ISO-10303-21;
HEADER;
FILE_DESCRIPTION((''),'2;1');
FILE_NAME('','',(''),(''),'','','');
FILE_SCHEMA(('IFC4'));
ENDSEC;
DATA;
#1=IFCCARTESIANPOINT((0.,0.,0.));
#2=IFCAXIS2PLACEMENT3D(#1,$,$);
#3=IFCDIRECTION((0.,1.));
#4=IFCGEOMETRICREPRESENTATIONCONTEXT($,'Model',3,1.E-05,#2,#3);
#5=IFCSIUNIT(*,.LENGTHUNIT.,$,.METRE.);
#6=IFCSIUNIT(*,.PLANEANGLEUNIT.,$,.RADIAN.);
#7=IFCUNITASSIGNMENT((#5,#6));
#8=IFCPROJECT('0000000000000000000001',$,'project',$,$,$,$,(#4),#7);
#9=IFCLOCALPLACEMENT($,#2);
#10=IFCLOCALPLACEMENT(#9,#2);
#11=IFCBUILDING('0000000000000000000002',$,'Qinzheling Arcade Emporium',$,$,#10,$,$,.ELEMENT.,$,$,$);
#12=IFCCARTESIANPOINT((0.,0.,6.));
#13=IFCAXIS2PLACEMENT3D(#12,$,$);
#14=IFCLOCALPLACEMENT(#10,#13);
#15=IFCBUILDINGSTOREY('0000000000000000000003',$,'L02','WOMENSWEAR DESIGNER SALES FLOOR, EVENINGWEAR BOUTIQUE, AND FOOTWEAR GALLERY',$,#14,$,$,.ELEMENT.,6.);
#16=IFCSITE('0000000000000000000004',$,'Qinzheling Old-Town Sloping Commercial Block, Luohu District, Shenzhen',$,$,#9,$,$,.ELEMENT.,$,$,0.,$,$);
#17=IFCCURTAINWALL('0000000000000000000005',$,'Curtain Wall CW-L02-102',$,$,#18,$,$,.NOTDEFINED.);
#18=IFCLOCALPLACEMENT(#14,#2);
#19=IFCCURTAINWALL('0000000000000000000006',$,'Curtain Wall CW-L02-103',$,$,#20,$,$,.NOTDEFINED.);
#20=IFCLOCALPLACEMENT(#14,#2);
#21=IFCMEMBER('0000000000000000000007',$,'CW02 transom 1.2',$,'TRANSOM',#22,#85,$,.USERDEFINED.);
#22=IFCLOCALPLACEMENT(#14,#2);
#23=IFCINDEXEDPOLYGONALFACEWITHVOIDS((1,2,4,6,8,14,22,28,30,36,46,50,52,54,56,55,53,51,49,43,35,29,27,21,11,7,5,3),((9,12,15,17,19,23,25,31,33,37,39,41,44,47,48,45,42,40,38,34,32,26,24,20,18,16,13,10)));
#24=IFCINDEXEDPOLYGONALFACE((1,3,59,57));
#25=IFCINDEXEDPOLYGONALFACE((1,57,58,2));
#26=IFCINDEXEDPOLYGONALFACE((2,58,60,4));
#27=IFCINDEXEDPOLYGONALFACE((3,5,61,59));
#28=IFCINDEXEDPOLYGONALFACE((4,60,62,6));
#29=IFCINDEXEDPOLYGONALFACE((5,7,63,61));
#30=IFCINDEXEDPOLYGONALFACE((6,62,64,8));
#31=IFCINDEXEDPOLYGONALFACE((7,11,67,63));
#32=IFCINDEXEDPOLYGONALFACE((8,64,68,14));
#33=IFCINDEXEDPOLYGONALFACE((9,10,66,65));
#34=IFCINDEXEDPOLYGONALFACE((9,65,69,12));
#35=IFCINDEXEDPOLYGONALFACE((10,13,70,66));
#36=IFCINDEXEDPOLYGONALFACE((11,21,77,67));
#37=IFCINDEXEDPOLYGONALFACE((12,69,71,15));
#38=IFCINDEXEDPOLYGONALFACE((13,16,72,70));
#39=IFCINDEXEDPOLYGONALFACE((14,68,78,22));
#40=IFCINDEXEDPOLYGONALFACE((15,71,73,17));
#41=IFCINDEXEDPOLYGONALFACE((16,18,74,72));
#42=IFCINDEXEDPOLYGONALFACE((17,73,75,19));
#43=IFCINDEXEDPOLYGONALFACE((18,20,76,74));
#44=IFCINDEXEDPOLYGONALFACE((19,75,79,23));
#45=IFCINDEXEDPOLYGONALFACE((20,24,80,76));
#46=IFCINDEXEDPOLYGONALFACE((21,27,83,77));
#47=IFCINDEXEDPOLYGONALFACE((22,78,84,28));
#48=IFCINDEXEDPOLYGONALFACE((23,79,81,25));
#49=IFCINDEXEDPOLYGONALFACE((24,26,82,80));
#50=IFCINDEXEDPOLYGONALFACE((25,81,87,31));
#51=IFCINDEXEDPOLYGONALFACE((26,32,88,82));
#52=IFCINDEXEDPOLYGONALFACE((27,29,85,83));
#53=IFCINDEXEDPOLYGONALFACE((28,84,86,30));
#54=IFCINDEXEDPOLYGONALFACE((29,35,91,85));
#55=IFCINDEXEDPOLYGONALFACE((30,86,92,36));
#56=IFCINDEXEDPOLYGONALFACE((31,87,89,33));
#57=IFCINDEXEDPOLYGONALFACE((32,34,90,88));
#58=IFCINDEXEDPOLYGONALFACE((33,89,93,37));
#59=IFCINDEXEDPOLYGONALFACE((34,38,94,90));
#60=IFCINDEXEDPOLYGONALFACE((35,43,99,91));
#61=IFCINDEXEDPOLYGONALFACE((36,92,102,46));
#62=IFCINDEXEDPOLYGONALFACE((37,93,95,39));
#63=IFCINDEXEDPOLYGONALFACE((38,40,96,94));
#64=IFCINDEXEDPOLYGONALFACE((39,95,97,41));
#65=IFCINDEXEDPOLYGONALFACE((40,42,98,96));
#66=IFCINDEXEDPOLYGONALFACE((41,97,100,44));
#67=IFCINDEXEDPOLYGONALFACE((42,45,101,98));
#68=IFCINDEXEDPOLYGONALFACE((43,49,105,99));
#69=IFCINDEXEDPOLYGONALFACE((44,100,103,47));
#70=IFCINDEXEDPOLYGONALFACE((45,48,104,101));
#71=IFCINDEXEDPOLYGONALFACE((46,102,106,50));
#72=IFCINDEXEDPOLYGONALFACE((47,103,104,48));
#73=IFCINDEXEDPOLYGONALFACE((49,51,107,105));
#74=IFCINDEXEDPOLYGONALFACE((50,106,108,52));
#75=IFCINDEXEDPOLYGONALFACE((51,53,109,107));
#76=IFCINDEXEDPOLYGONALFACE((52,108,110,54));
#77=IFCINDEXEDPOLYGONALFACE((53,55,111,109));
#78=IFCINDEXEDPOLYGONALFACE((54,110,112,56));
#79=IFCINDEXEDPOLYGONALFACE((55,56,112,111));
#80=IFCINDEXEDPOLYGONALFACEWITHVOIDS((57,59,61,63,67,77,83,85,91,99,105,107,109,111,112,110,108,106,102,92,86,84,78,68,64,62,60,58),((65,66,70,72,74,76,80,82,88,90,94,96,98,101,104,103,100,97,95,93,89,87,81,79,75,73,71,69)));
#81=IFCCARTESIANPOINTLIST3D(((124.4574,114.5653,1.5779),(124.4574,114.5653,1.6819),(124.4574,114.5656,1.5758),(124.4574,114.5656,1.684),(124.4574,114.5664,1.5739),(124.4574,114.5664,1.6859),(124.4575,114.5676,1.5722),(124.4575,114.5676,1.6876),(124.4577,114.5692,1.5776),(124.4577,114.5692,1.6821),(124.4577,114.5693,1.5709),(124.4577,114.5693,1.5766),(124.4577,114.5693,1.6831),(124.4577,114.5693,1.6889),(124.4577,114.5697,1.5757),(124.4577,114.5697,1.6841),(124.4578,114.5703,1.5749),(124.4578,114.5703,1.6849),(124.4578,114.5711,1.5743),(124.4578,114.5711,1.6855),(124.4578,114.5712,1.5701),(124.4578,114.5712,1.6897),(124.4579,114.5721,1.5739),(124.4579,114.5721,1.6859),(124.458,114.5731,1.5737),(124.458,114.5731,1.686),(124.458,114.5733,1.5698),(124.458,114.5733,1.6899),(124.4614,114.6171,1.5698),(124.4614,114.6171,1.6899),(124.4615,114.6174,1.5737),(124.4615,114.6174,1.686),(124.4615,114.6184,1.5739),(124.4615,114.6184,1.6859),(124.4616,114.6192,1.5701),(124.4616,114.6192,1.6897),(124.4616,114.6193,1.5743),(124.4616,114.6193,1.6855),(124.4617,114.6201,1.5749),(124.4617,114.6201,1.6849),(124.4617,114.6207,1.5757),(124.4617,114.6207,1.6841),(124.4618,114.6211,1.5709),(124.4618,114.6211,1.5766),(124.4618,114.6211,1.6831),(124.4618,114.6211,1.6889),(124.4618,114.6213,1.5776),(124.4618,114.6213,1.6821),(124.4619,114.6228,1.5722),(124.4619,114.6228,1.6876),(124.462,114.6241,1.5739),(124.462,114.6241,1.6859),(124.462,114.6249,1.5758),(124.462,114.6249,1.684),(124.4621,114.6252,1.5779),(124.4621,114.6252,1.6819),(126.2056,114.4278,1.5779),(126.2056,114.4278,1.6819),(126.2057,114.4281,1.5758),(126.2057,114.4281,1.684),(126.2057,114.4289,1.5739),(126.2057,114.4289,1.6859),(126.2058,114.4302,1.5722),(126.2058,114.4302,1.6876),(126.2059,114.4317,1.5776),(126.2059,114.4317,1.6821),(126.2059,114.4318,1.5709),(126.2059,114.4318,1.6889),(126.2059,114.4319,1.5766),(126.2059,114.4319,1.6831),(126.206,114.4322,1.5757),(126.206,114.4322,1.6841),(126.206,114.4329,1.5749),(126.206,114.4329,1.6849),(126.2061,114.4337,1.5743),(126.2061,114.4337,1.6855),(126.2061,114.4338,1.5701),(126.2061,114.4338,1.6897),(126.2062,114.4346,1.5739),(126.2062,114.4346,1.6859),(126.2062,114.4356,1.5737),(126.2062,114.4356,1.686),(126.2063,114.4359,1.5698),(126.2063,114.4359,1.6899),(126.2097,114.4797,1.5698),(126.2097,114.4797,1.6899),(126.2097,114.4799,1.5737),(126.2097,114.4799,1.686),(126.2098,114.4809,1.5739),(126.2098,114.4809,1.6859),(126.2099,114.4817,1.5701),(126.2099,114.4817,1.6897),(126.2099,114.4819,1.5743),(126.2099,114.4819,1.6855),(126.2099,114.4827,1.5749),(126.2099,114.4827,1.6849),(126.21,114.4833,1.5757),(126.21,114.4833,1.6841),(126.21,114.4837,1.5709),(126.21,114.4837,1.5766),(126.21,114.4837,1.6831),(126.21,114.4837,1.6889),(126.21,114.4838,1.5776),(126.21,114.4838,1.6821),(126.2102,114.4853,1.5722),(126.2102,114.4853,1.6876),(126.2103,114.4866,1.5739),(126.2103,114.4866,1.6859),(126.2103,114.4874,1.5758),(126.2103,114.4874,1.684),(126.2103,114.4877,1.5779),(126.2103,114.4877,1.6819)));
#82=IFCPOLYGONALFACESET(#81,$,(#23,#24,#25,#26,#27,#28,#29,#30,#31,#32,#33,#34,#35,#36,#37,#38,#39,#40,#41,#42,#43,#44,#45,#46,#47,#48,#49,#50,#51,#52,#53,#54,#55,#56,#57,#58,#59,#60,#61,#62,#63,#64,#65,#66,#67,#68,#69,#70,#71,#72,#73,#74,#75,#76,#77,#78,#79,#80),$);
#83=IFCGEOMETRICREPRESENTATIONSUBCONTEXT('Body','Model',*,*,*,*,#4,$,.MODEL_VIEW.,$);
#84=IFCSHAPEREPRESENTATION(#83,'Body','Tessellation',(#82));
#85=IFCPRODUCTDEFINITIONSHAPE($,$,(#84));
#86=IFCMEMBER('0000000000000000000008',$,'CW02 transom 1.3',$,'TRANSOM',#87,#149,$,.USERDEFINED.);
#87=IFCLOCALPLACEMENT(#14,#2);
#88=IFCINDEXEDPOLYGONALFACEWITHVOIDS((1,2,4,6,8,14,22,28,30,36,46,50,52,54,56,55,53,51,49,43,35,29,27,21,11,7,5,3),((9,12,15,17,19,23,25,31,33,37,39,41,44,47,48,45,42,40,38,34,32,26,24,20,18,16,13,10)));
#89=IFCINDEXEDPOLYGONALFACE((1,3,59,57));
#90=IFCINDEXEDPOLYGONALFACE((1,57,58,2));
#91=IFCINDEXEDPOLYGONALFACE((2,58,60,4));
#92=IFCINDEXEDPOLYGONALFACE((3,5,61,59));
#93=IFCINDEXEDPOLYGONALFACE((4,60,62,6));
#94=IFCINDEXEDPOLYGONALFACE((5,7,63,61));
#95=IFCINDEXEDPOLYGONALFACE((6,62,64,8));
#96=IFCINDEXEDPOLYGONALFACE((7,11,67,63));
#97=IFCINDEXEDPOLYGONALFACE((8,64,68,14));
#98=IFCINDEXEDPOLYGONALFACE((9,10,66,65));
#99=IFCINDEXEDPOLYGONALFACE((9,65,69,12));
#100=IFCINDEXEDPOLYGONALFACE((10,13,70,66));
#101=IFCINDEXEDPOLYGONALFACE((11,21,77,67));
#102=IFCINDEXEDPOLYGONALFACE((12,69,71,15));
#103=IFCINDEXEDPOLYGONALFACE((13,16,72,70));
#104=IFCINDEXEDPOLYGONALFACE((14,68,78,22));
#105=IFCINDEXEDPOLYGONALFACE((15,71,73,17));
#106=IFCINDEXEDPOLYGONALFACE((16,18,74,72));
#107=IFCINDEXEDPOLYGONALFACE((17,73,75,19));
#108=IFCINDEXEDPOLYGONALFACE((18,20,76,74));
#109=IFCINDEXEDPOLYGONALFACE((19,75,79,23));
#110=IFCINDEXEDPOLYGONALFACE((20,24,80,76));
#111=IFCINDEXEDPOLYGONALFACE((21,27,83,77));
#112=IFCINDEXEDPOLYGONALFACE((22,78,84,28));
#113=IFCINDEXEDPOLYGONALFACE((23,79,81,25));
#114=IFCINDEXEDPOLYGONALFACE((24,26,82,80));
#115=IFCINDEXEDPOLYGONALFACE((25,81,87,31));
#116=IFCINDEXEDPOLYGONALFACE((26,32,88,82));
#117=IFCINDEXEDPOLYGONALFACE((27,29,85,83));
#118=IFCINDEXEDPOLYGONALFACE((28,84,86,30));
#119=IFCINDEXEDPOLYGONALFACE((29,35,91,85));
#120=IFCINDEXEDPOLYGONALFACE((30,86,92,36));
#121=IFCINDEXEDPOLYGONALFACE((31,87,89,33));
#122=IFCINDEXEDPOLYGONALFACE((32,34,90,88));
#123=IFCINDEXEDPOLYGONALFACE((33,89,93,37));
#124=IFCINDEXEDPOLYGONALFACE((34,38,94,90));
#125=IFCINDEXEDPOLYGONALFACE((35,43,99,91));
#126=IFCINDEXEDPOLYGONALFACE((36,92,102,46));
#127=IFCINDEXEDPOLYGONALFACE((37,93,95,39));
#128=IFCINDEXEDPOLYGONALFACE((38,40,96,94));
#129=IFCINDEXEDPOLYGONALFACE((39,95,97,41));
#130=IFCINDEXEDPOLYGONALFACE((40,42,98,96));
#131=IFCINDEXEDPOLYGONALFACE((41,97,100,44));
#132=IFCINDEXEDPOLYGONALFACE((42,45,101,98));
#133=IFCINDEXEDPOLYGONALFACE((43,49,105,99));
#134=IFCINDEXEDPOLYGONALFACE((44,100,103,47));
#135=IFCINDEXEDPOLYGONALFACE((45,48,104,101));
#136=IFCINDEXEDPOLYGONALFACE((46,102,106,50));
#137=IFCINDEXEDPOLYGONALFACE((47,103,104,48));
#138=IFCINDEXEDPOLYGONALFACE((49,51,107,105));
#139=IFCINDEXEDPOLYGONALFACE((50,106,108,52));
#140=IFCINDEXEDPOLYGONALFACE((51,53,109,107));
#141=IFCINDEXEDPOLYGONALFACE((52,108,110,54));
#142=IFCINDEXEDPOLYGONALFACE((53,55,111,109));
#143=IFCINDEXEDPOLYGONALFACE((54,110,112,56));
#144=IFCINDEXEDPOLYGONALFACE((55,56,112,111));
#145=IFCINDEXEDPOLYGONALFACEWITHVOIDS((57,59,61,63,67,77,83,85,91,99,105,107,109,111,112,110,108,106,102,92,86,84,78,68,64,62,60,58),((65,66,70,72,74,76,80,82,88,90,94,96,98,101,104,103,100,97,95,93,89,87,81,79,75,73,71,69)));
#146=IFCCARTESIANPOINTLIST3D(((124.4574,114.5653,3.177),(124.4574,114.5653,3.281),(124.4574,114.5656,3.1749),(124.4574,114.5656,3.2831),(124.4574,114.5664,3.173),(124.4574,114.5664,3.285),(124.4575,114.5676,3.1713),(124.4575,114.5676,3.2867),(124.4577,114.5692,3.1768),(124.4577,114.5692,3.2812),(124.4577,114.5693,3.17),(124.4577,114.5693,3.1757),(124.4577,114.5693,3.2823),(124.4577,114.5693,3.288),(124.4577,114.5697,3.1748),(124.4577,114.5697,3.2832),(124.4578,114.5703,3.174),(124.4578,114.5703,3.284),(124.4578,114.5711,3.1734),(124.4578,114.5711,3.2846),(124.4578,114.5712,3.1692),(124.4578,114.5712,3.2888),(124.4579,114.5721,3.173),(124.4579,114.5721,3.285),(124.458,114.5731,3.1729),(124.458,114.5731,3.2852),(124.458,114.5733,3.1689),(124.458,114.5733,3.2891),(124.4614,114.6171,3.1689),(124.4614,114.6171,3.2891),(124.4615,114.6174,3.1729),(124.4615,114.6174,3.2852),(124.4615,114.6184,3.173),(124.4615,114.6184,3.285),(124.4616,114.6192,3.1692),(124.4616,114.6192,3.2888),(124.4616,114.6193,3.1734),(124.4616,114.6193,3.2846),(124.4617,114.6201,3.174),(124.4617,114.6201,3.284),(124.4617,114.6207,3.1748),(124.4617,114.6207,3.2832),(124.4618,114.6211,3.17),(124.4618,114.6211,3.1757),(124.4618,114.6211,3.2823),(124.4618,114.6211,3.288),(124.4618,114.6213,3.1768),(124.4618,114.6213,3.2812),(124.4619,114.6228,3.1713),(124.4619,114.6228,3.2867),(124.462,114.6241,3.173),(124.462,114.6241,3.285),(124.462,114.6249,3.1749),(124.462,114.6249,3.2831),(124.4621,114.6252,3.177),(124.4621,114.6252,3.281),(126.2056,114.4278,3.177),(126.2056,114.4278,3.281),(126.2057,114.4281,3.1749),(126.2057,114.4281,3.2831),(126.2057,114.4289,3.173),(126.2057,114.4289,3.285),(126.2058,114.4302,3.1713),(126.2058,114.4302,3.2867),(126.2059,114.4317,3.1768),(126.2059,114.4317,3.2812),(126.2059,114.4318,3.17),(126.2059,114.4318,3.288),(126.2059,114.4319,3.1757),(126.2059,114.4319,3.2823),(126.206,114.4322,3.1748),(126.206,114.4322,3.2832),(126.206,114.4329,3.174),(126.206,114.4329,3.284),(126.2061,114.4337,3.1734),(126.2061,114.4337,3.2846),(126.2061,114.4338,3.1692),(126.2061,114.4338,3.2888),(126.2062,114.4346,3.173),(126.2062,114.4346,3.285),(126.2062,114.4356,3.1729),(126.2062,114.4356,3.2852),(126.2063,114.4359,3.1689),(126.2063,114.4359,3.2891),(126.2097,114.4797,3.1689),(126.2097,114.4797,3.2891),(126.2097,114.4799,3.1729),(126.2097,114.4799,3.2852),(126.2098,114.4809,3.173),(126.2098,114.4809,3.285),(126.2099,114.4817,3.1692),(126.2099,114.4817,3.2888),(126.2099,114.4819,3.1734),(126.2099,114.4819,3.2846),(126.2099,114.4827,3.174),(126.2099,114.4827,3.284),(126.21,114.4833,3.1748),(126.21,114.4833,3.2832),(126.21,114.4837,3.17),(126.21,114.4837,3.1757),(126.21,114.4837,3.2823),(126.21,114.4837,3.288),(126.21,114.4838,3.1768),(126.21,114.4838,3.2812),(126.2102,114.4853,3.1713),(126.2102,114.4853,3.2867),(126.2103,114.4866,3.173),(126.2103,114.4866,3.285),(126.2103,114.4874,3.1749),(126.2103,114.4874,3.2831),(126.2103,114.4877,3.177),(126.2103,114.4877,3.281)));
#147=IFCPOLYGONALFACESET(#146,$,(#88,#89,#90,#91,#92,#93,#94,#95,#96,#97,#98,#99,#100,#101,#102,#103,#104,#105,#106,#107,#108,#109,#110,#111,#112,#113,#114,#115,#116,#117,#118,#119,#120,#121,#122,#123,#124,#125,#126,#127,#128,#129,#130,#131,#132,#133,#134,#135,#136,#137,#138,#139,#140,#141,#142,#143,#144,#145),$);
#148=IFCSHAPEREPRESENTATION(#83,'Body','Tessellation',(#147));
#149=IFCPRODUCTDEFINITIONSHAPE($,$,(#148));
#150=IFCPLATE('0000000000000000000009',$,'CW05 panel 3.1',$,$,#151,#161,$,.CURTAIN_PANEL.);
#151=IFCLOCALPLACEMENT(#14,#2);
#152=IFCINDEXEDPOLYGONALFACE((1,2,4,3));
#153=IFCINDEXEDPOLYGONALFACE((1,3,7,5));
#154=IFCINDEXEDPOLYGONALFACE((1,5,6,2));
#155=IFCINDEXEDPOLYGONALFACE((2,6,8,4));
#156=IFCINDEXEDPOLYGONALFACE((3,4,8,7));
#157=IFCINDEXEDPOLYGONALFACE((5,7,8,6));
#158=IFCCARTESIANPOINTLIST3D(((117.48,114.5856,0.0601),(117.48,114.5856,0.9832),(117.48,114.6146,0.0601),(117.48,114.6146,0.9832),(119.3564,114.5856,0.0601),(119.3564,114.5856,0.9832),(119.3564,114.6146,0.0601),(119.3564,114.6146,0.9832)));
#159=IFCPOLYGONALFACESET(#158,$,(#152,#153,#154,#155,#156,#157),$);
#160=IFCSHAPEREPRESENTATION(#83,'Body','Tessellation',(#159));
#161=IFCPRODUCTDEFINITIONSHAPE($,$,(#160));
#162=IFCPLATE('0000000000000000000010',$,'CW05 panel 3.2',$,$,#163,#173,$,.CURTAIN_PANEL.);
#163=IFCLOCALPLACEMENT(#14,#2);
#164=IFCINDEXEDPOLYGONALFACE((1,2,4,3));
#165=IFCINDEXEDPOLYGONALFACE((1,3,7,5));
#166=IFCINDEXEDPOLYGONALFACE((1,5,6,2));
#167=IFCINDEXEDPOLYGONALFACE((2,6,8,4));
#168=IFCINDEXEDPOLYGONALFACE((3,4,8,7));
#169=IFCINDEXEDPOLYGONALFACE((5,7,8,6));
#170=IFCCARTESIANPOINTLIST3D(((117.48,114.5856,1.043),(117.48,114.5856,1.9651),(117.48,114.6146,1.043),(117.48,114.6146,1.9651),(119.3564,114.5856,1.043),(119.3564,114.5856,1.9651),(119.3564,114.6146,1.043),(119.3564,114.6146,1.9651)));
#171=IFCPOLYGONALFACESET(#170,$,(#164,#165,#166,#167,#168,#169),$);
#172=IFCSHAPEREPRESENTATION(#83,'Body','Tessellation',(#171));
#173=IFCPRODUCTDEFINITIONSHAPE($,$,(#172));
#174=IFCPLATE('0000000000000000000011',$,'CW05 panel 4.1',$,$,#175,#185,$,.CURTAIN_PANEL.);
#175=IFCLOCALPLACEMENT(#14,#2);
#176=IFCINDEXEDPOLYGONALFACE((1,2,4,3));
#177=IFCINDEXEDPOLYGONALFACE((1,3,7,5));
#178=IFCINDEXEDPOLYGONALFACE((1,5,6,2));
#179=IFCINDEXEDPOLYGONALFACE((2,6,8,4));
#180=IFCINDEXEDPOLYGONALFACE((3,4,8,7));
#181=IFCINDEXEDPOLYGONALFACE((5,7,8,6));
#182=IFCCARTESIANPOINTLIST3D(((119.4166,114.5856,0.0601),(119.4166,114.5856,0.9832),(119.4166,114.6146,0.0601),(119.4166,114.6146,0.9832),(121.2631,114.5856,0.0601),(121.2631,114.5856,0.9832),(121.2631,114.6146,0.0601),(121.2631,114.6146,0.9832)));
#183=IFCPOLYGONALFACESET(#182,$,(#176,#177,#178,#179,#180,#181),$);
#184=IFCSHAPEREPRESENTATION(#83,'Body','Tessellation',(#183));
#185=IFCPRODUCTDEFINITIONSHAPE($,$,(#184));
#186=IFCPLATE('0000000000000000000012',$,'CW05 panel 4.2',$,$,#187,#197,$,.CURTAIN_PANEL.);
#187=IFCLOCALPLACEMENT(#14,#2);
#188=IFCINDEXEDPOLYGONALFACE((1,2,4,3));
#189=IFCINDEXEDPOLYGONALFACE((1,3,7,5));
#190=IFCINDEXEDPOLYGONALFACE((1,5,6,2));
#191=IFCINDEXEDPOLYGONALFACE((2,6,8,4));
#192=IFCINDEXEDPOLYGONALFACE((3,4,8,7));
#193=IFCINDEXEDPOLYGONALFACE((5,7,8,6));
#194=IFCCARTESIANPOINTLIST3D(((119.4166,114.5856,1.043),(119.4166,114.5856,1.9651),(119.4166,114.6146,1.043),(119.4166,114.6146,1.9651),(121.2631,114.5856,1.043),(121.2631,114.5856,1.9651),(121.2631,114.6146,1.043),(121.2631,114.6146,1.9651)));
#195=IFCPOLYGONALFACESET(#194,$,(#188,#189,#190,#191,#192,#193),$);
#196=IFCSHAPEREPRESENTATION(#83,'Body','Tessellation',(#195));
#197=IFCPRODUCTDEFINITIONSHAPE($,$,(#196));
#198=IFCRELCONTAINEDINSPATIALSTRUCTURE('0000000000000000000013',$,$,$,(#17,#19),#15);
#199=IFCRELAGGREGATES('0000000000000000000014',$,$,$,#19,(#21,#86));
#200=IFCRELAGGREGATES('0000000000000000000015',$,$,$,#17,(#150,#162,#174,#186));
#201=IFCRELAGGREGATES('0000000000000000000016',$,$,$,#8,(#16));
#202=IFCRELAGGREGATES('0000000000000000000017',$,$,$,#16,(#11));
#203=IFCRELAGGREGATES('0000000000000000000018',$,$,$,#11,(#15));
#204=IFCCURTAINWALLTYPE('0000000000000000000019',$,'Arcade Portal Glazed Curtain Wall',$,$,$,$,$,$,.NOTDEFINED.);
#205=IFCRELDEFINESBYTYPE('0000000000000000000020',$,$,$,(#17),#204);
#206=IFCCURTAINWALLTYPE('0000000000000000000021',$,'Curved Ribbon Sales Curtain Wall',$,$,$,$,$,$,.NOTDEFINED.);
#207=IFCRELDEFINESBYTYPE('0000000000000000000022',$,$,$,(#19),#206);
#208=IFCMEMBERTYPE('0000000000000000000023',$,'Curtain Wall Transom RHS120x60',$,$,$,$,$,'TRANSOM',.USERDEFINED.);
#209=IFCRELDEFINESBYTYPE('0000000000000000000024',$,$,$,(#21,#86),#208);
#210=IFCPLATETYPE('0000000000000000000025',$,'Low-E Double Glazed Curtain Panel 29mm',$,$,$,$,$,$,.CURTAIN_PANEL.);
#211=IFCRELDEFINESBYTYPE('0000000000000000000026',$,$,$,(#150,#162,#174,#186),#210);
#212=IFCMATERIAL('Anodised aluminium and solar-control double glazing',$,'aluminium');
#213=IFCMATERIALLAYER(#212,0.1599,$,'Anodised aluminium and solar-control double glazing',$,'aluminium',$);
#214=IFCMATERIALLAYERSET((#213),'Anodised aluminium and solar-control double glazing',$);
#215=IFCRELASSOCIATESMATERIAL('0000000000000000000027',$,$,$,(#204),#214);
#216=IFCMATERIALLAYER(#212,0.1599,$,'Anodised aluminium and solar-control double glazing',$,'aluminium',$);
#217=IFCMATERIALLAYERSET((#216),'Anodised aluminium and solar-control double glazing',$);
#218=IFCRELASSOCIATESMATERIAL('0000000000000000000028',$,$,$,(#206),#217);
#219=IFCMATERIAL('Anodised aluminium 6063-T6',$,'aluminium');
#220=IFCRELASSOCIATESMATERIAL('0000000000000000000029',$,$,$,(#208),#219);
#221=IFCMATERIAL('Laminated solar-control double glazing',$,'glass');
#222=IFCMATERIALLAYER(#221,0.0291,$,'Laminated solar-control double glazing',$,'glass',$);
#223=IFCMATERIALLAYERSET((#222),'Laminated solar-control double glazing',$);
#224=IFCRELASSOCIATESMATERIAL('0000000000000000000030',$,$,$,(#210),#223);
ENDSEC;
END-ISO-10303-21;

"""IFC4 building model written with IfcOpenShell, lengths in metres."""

from ifc_helpers import new_model, si_unit, direction, frame, origin, origin_2d, place, context, subcontext, project, spatial, rectangle, hollow_rectangle, extrude, material, layer, layer_set, material_profile, profile_set, type_object, element, aggregate, save


model = new_model("IFC4")

# Units and contexts
model_context = context("Model", 3, precision=1e-05, world=origin(), true_north=direction((0.0, 1.0)))
body_context = subcontext(model_context, "Body", "Model", "MODEL_VIEW")
ifc_project = project(units=[si_unit("LENGTHUNIT", "METRE"), si_unit("PLANEANGLEUNIT", "RADIAN")], contexts=[model_context])

# Site, building, storey
site_placement = place(None, origin())
site = spatial("IfcSite", under=ifc_project, at=site_placement, Name="Qinzheling Old-Town Sloping Commercial Block, Luohu District, Shenzhen", CompositionType="ELEMENT", RefElevation=0.0)
building_placement = place(site_placement, origin())
building = spatial("IfcBuilding", under=site, at=building_placement, Name="Qinzheling Arcade Emporium", CompositionType="ELEMENT")
storey_placement = place(building_placement, frame((0.0, 0.0, 6.0)))
storey = spatial("IfcBuildingStorey", under=building, at=storey_placement, Name="L02", Description="WOMENSWEAR DESIGNER SALES FLOOR, EVENINGWEAR BOUTIQUE, AND FOOTWEAR GALLERY", CompositionType="ELEMENT", Elevation=6.0)

# Curtain wall
ifc_material_1 = material(Name="Anodised aluminium and solar-control double glazing", Category="aluminium")
ifc_layer_1 = layer(ifc_material_1, 0.1599, Name="Anodised aluminium and solar-control double glazing", Category="aluminium")
ifc_layer_set_1 = layer_set([ifc_layer_1], Name="Anodised aluminium and solar-control double glazing")
curtain_wall_type_1 = type_object("IfcCurtainWallType", Name="Arcade Portal Glazed Curtain Wall", PredefinedType="NOTDEFINED", material=ifc_layer_set_1)
curtain_wall_1_placement = place(storey_placement, origin())
curtain_wall_1 = element("IfcCurtainWall", 1, at=curtain_wall_1_placement, inside=storey, type_object=curtain_wall_type_1, Name="Curtain Wall CW-L02-102", PredefinedType="NOTDEFINED")
ifc_material_2 = material(Name="Anodised aluminium 6063-T6", Category="aluminium")

# Curtain wall
ifc_layer_2 = layer(ifc_material_1, 0.1599, Name="Anodised aluminium and solar-control double glazing", Category="aluminium")
ifc_layer_set_2 = layer_set([ifc_layer_2], Name="Anodised aluminium and solar-control double glazing")
curtain_wall_type_2 = type_object("IfcCurtainWallType", Name="Curved Ribbon Sales Curtain Wall", PredefinedType="NOTDEFINED", material=ifc_layer_set_2)
curtain_wall_2_placement = place(storey_placement, origin())
curtain_wall_2 = element("IfcCurtainWall", 2, at=curtain_wall_2_placement, inside=storey, type_object=curtain_wall_type_2, Name="Curtain Wall CW-L02-103", PredefinedType="NOTDEFINED")

# Members
ifc_material_profile_1 = material_profile(ifc_material_2, hollow_rectangle(XDim=0.0601, YDim=0.1201, WallThickness=0.0039, InnerFilletRadius=0.0039, OuterFilletRadius=0.0081, at=origin_2d()), Name="RHS 120x60x4", Category="aluminium")
ifc_profile_set_1 = profile_set([ifc_material_profile_1], Name="Anodised aluminium 6063-T6")
member_type_1 = type_object("IfcMemberType", Name="Curtain Wall Transom RHS120x60", ElementType="TRANSOM", PredefinedType="USERDEFINED", material=ifc_profile_set_1)
member_1_placement = place(storey_placement, frame((124.4597, 114.5952, 1.6299), z_axis=(0.996924, -0.078378, 0.0), x_axis=(0.078378, 0.996924, 0.0)))
member_1 = element("IfcMember", 3, at=member_1_placement, type_object=member_type_1, Name="CW02 transom 1.2", ObjectType="TRANSOM", PredefinedType="USERDEFINED", context=body_context, shape_type="SweptSolid", body=[
    extrude(hollow_rectangle(XDim=0.0601, YDim=0.1201, WallThickness=0.0039, InnerFilletRadius=0.0039, OuterFilletRadius=0.0081, at=origin_2d()), origin(), (0.0, 0.0, 1.0), 1.7537),
])
member_2_placement = place(storey_placement, frame((124.4597, 114.5952, 3.229), z_axis=(0.996924, -0.078378, 0.0), x_axis=(0.078378, 0.996924, 0.0)))
member_2 = element("IfcMember", 4, at=member_2_placement, type_object=member_type_1, Name="CW02 transom 1.3", ObjectType="TRANSOM", PredefinedType="USERDEFINED", context=body_context, shape_type="SweptSolid", body=[
    extrude(hollow_rectangle(XDim=0.0601, YDim=0.1201, WallThickness=0.0039, InnerFilletRadius=0.0039, OuterFilletRadius=0.0081, at=origin_2d()), origin(), (0.0, 0.0, 1.0), 1.7537),
])
aggregate(curtain_wall_2, [member_1, member_2])

# Plates
ifc_material_3 = material(Name="Laminated solar-control double glazing", Category="glass")
ifc_layer_3 = layer(ifc_material_3, 0.0291, Name="Laminated solar-control double glazing", Category="glass")
ifc_layer_set_3 = layer_set([ifc_layer_3], Name="Laminated solar-control double glazing")
plate_type_1 = type_object("IfcPlateType", Name="Low-E Double Glazed Curtain Panel 29mm", PredefinedType="CURTAIN_PANEL", material=ifc_layer_set_3)
plate_1_placement = place(storey_placement, frame((118.4182, 114.6001, 0.0601), z_axis=(0.0, 0.0, 1.0), x_axis=(1.0, 0.0, 0.0)))
plate_1 = element("IfcPlate", 5, at=plate_1_placement, type_object=plate_type_1, Name="CW05 panel 3.1", PredefinedType="CURTAIN_PANEL", context=body_context, shape_type="SweptSolid", body=[
    extrude(rectangle(XDim=1.8765, YDim=0.0291, at=origin_2d()), origin(), (0.0, 0.0, 1.0), 0.9231),
])
plate_2_placement = place(storey_placement, frame((118.4182, 114.6001, 1.043), z_axis=(0.0, 0.0, 1.0), x_axis=(1.0, 0.0, 0.0)))
plate_2 = element("IfcPlate", 6, at=plate_2_placement, type_object=plate_type_1, Name="CW05 panel 3.2", PredefinedType="CURTAIN_PANEL", context=body_context, shape_type="SweptSolid", body=[
    extrude(rectangle(XDim=1.8765, YDim=0.0291, at=origin_2d()), origin(), (0.0, 0.0, 1.0), 0.9221),
])
plate_3_placement = place(storey_placement, frame((120.3398, 114.6001, 0.0601), z_axis=(0.0, 0.0, 1.0), x_axis=(1.0, 0.0, 0.0)))
plate_3 = element("IfcPlate", 7, at=plate_3_placement, type_object=plate_type_1, Name="CW05 panel 4.1", PredefinedType="CURTAIN_PANEL", context=body_context, shape_type="SweptSolid", body=[
    extrude(rectangle(XDim=1.8464, YDim=0.0291, at=origin_2d()), origin(), (0.0, 0.0, 1.0), 0.9231),
])
plate_4_placement = place(storey_placement, frame((120.3398, 114.6001, 1.043), z_axis=(0.0, 0.0, 1.0), x_axis=(1.0, 0.0, 0.0)))
plate_4 = element("IfcPlate", 8, at=plate_4_placement, type_object=plate_type_1, Name="CW05 panel 4.2", PredefinedType="CURTAIN_PANEL", context=body_context, shape_type="SweptSolid", body=[
    extrude(rectangle(XDim=1.8464, YDim=0.0291, at=origin_2d()), origin(), (0.0, 0.0, 1.0), 0.9221),
])
aggregate(curtain_wall_1, [plate_1, plate_2, plate_3, plate_4])

save(model, "model.ifc")
